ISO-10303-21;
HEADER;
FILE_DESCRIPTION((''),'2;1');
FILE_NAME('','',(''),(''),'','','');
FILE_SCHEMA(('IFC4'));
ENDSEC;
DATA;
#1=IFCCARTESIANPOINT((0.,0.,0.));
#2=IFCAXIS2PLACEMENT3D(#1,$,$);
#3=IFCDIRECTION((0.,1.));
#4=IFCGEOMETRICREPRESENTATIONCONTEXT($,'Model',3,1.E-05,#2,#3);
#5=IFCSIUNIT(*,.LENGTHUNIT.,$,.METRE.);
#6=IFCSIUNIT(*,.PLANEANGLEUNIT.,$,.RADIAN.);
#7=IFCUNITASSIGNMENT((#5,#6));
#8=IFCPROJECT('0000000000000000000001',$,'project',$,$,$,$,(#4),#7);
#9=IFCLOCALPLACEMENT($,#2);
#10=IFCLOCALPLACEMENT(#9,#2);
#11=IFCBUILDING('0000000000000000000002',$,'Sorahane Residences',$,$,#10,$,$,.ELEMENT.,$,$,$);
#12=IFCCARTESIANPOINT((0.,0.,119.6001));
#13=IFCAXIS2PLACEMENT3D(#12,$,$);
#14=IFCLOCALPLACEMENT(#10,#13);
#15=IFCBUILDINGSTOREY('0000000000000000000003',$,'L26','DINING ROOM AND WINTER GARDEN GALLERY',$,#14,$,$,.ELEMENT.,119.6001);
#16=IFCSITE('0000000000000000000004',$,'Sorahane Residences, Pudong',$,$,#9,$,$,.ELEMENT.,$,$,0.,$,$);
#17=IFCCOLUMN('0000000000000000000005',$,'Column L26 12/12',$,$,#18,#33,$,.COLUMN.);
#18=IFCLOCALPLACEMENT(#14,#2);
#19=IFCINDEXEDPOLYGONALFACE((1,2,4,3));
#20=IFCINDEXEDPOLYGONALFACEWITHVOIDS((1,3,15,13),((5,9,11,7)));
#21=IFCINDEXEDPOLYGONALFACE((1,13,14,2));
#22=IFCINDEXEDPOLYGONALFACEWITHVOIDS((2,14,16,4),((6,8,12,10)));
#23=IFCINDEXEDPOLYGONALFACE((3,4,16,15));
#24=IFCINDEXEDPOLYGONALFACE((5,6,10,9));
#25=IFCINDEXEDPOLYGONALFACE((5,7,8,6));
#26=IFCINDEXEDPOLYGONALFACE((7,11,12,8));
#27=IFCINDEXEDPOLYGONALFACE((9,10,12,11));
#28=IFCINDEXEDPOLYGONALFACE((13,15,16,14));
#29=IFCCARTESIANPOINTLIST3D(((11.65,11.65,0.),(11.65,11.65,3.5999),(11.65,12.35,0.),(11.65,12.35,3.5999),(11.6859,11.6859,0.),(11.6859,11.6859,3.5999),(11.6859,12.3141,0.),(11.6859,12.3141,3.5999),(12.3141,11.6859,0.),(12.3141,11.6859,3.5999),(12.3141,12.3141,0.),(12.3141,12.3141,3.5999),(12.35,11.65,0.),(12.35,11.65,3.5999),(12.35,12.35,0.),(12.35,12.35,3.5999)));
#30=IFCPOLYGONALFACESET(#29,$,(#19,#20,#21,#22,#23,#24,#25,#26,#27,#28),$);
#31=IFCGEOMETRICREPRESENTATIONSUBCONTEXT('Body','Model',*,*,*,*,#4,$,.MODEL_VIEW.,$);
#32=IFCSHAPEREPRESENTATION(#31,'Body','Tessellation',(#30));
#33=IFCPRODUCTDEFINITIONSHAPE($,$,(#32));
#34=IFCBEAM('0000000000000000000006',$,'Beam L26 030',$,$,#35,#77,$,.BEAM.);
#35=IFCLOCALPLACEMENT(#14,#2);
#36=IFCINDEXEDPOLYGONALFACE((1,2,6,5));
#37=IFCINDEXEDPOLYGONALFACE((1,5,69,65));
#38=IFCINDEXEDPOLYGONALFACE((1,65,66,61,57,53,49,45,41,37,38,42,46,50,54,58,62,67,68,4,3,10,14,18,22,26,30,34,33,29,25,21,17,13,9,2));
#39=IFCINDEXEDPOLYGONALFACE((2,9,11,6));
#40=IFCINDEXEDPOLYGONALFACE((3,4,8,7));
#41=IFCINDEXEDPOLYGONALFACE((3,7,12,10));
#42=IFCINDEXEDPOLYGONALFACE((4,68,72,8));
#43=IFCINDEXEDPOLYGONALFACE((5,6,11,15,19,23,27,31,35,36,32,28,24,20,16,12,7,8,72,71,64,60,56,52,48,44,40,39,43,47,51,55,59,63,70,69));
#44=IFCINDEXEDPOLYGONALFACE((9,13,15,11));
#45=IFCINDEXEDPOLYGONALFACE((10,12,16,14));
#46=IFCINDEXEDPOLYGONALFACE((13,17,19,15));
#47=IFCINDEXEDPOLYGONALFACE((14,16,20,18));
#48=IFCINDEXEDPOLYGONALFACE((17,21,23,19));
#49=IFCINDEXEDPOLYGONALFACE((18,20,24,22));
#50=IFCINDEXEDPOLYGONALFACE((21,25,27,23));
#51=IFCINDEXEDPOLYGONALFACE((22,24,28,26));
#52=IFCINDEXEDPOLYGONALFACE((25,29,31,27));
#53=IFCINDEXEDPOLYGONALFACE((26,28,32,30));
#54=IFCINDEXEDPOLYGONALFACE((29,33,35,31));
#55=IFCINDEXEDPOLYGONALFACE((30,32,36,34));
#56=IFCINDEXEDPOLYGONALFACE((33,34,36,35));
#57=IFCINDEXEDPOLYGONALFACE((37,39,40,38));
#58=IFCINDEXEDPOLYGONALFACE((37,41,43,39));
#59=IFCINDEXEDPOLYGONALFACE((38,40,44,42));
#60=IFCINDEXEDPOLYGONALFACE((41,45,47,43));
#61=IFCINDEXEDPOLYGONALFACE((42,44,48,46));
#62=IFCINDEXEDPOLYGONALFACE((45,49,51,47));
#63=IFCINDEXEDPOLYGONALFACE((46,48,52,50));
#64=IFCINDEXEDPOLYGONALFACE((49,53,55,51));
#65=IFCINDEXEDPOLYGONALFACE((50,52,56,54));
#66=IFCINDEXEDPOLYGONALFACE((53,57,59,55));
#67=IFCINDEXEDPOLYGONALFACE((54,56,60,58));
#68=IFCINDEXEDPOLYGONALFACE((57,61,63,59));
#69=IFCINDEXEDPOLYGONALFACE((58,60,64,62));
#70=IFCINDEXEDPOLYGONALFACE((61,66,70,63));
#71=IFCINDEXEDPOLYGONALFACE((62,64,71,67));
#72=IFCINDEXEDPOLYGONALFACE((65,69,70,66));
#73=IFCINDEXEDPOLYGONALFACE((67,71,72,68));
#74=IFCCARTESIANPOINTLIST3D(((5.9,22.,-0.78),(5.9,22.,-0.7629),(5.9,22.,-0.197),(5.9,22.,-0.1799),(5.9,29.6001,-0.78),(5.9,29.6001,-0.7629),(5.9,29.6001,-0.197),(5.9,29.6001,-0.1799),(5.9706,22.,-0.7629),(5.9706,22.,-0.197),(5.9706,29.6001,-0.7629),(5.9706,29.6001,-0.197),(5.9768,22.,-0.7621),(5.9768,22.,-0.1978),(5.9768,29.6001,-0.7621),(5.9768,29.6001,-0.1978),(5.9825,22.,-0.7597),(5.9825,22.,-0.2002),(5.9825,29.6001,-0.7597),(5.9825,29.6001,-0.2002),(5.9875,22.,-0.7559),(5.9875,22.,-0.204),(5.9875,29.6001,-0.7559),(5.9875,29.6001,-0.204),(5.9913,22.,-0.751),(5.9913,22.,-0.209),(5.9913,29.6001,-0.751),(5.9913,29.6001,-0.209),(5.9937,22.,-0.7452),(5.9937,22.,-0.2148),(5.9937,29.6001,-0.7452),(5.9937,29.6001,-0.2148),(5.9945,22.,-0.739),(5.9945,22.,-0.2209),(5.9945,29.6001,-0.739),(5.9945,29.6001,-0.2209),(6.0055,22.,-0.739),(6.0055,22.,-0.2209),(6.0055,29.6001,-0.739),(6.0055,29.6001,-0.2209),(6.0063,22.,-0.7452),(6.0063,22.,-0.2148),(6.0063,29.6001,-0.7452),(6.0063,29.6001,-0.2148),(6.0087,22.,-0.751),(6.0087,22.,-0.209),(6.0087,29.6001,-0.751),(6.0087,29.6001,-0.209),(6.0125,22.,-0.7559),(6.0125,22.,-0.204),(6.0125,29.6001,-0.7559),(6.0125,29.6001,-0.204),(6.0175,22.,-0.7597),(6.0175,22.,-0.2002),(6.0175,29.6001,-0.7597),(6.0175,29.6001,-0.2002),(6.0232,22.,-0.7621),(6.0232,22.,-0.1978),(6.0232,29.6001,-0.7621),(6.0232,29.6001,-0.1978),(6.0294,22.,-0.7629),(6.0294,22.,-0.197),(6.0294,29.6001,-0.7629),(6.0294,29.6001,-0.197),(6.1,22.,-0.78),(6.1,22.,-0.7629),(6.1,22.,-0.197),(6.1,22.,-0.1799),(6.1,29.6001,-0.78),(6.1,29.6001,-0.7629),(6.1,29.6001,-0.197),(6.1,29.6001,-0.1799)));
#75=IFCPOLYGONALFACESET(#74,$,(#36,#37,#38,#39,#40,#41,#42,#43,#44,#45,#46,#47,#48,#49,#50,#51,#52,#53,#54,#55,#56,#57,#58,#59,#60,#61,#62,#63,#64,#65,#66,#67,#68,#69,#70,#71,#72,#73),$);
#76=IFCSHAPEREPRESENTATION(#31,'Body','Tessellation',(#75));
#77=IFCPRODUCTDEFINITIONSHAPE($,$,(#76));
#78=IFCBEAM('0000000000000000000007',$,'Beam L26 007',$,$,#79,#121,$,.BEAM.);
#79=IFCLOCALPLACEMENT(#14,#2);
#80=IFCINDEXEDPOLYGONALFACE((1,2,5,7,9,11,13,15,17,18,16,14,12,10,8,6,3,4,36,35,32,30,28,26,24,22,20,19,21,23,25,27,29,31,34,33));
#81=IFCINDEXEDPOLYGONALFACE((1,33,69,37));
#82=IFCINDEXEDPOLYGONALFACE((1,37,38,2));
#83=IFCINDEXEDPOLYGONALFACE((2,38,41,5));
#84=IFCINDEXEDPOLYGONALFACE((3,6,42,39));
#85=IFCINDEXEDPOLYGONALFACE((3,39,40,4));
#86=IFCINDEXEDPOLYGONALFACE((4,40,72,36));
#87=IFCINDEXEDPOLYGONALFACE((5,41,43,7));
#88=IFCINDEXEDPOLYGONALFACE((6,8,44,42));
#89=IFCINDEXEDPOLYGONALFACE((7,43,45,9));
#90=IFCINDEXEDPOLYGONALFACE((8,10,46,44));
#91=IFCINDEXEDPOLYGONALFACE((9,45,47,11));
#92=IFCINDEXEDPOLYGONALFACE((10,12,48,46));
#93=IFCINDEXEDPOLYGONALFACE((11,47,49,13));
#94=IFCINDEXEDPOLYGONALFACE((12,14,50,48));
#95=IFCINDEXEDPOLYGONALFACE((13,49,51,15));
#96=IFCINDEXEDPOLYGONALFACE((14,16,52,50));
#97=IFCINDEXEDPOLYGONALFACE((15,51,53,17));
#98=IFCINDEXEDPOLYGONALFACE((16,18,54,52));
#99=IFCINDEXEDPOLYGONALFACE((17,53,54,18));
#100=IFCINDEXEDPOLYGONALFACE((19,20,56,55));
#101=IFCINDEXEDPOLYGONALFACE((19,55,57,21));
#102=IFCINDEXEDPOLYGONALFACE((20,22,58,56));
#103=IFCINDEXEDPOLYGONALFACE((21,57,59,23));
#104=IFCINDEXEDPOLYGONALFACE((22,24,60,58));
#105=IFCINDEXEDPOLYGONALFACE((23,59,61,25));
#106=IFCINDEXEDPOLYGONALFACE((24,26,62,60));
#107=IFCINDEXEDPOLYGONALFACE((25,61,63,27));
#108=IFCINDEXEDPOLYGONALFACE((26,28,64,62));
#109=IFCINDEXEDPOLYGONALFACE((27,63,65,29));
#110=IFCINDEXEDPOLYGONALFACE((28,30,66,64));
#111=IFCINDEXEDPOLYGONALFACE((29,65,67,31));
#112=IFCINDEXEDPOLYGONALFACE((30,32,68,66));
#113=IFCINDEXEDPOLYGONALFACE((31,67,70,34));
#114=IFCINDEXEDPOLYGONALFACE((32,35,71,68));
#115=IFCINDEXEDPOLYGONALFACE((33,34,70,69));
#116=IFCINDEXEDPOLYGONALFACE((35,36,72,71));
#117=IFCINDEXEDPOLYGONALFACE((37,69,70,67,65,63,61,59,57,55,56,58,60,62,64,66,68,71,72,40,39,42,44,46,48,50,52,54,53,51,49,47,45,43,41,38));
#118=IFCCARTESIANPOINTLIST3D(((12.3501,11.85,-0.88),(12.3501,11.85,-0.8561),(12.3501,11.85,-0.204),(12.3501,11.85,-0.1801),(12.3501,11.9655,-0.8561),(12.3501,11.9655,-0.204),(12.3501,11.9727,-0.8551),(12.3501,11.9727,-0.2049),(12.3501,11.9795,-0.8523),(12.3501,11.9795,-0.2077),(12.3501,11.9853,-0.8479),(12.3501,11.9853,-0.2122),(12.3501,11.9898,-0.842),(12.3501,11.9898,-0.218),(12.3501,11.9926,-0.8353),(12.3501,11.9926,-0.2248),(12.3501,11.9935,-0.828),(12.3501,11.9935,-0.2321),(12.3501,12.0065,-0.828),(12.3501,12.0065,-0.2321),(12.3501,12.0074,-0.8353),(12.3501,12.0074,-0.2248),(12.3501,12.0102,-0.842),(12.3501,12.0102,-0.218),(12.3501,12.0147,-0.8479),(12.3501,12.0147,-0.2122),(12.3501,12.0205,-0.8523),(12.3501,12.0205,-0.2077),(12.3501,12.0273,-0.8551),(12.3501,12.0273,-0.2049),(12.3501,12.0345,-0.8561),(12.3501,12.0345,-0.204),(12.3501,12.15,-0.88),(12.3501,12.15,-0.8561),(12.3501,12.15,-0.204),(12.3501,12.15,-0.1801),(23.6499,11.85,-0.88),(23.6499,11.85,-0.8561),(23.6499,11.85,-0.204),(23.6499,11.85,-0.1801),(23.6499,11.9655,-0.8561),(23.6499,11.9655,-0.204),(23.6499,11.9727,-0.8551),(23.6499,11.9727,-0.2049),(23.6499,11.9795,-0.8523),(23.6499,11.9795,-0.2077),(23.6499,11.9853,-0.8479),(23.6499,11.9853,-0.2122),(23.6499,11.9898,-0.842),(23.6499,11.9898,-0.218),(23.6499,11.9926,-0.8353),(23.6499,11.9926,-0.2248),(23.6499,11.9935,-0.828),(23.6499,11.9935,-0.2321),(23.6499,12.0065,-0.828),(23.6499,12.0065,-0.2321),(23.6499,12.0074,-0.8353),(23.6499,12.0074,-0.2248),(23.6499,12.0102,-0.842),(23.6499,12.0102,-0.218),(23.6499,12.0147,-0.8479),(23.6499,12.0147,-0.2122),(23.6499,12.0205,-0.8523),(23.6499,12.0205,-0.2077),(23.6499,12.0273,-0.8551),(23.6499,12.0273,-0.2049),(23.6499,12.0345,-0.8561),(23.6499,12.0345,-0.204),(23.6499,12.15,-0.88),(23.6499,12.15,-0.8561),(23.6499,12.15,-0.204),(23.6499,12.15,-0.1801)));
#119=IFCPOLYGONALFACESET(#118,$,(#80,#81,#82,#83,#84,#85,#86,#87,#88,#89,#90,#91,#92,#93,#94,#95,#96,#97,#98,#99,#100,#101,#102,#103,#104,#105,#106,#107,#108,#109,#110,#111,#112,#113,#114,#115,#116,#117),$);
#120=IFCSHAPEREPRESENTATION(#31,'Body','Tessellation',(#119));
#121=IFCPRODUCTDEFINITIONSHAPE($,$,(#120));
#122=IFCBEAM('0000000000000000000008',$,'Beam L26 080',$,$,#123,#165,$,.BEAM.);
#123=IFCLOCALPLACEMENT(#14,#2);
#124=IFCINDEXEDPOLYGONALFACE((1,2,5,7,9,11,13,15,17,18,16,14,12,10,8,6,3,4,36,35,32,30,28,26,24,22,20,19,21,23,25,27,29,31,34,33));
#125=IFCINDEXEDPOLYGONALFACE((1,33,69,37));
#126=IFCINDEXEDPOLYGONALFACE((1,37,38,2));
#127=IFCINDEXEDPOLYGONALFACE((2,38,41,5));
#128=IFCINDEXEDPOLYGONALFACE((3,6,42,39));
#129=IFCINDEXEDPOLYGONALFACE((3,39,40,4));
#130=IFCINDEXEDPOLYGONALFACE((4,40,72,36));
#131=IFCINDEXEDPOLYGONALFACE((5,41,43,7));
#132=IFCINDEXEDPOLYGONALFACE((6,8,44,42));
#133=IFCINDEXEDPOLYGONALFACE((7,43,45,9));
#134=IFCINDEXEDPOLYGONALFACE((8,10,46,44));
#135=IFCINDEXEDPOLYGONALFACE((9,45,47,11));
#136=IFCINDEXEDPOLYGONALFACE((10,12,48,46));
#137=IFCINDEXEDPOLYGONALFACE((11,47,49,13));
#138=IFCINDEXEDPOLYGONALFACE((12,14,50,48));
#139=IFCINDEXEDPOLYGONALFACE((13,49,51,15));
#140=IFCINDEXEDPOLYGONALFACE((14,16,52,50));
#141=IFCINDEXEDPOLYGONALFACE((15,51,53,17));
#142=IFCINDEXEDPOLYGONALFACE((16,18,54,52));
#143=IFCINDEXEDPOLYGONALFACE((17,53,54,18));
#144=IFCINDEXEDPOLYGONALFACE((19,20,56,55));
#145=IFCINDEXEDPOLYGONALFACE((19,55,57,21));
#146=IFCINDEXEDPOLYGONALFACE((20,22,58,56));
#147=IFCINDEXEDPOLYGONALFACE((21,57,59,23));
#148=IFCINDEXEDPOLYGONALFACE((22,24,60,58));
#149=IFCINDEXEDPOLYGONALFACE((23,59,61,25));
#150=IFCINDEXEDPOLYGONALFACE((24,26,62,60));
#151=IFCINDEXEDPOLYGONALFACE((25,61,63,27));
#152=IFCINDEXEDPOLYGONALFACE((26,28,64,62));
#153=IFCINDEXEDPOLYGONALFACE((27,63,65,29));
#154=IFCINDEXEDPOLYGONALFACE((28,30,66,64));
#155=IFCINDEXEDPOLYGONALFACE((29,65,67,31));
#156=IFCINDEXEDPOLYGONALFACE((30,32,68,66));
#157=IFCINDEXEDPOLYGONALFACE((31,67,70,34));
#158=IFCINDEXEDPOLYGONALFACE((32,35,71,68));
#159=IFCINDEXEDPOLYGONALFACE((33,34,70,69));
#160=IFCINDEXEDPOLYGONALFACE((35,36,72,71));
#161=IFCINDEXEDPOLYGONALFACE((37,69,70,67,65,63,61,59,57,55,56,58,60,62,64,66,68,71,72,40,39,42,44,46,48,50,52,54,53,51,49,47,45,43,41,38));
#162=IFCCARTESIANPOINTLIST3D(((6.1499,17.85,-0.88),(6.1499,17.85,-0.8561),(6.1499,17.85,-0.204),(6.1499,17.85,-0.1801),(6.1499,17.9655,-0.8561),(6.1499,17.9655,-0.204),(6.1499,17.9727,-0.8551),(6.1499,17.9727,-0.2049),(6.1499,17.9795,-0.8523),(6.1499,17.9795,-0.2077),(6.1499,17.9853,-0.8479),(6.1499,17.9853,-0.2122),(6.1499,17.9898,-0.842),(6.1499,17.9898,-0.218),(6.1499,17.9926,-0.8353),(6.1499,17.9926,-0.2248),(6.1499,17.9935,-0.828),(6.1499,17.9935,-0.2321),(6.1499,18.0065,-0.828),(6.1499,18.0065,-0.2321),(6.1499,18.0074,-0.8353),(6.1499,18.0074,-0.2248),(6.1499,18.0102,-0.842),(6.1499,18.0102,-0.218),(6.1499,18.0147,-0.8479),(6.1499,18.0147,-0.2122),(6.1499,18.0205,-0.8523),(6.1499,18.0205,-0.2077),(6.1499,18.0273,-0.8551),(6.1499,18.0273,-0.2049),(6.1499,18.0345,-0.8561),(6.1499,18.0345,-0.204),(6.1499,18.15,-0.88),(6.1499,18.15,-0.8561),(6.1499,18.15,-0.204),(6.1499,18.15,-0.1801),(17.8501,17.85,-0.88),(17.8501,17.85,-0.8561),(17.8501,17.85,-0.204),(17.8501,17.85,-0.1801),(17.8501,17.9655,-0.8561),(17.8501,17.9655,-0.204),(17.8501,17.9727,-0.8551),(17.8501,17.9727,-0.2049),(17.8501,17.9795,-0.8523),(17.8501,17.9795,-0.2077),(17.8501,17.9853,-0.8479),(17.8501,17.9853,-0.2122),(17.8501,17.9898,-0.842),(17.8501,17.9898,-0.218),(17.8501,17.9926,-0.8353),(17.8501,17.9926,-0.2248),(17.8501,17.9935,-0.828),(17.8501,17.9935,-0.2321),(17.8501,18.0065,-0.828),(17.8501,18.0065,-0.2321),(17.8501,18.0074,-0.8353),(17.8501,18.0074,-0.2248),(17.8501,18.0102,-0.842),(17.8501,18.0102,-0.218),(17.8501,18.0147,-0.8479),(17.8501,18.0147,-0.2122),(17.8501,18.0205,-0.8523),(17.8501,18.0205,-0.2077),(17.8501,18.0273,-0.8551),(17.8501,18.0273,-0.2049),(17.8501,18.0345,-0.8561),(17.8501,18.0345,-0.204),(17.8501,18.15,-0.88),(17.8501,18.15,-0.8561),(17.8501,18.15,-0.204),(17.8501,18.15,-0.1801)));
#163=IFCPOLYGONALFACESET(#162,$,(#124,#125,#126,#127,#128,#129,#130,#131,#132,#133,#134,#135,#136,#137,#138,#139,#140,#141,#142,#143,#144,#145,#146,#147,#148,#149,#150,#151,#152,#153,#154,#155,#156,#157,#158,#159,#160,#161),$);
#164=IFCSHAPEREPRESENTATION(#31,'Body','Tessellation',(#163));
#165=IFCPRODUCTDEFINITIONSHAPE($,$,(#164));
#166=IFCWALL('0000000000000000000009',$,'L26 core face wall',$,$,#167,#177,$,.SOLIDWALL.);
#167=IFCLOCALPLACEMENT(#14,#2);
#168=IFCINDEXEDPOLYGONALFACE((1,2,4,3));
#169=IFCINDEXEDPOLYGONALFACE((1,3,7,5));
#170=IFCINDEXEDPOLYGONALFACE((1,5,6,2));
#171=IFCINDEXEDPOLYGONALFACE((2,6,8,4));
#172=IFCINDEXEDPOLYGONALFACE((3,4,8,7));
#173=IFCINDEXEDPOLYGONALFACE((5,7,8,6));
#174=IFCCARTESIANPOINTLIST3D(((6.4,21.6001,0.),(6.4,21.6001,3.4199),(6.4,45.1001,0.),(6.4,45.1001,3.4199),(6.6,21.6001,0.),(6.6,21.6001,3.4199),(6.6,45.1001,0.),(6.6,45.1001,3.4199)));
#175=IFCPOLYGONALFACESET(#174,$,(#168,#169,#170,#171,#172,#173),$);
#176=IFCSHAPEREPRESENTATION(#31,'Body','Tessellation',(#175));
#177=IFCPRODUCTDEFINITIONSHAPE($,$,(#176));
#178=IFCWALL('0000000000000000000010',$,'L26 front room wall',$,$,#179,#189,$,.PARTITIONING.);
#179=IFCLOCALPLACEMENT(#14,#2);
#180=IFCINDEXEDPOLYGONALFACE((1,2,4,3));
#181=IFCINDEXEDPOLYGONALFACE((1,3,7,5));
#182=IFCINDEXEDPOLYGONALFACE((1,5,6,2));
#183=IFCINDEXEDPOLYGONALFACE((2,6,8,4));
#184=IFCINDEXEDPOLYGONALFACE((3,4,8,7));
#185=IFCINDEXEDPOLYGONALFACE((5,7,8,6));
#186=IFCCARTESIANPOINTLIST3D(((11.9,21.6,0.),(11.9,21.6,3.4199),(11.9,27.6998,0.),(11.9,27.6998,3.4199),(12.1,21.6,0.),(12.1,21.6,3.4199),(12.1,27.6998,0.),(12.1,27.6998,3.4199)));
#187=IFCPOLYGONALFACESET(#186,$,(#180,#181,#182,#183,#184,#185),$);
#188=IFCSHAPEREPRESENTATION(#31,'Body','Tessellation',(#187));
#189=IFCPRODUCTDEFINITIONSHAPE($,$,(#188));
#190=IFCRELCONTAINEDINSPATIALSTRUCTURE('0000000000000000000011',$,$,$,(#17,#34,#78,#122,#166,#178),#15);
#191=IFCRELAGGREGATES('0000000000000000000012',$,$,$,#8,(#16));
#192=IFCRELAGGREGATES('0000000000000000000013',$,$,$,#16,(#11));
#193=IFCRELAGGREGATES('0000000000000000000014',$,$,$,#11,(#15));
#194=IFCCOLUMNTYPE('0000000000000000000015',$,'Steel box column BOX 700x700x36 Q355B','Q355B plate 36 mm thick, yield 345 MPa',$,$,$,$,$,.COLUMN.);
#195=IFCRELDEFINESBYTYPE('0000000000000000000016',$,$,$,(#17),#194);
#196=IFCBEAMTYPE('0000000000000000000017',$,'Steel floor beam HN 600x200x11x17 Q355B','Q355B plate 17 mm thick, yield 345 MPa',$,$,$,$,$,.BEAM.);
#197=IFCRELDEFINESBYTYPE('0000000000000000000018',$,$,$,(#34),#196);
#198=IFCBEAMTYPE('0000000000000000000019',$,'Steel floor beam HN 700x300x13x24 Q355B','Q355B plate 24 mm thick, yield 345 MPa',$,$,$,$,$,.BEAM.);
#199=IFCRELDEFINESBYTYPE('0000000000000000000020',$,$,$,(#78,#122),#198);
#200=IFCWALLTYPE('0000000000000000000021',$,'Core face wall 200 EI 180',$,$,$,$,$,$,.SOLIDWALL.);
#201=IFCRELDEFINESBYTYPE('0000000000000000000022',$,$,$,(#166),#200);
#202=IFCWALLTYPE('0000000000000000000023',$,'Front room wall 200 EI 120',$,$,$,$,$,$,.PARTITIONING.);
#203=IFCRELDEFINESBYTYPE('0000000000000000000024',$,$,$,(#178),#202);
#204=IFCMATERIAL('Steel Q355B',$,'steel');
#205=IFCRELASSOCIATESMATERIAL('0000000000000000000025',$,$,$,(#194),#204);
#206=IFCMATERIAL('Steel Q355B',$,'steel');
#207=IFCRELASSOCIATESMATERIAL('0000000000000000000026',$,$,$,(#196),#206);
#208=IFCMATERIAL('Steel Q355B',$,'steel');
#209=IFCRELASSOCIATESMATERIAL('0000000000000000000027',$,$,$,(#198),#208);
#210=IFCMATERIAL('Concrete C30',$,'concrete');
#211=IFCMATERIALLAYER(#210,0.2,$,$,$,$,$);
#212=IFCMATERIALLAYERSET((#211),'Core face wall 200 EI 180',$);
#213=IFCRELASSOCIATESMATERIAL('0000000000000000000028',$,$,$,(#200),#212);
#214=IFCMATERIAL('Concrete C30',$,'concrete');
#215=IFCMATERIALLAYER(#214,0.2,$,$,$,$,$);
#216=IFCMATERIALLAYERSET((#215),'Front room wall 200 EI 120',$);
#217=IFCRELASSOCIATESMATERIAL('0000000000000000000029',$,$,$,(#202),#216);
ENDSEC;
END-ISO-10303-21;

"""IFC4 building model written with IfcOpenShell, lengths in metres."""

from ifc_helpers import new_model, si_unit, direction, frame, frame_2d, origin, origin_2d, place, context, subcontext, project, spatial, rectangle, hollow_rectangle, i_section, extrude, material, layer, layer_set, material_profile, profile_set, type_object, element, save


model = new_model("IFC4")

# Units and contexts
model_context = context("Model", 3, precision=1e-05, world=origin(), true_north=direction((0.0, 1.0)))
body_context = subcontext(model_context, "Body", "Model", "MODEL_VIEW")
ifc_project = project(units=[si_unit("LENGTHUNIT", "METRE"), si_unit("PLANEANGLEUNIT", "RADIAN")], contexts=[model_context])

# Site, building, storey
site_placement = place(None, origin())
site = spatial("IfcSite", under=ifc_project, at=site_placement, Name="Sorahane Residences, Pudong", CompositionType="ELEMENT", RefElevation=0.0)
building_placement = place(site_placement, origin())
building = spatial("IfcBuilding", under=site, at=building_placement, Name="Sorahane Residences", CompositionType="ELEMENT")
storey_placement = place(building_placement, frame((0.0, 0.0, 119.6001)))
storey = spatial("IfcBuildingStorey", under=building, at=storey_placement, Name="L26", Description="DINING ROOM AND WINTER GARDEN GALLERY", CompositionType="ELEMENT", Elevation=119.6001)

# Column
ifc_material_1 = material(Name="Steel Q355B", Category="steel")
ifc_material_profile_1 = material_profile(ifc_material_1, hollow_rectangle(XDim=0.7, YDim=0.7, WallThickness=0.0359, at=origin_2d()), Name="BOX 700x700x36")
ifc_profile_set_1 = profile_set([ifc_material_profile_1], Name="Steel Q355B")
column_type = type_object("IfcColumnType", Name="Steel box column BOX 700x700x36 Q355B", Description="Q355B plate 36 mm thick, yield 345 MPa", PredefinedType="COLUMN", material=ifc_profile_set_1)
column_placement = place(storey_placement, frame((12.0, 12.0, 0.0), z_axis=(0.0, 0.0, 1.0), x_axis=(1.0, 0.0, 0.0)))
element("IfcColumn", 1, at=column_placement, inside=storey, type_object=column_type, Name="Column L26 12/12", PredefinedType="COLUMN", context=body_context, shape_type="SweptSolid", body=[
    extrude(hollow_rectangle(XDim=0.7, YDim=0.7, WallThickness=0.0359, at=origin_2d()), origin(), (0.0, 0.0, 1.0), 3.5999),
])

# Beams
ifc_material_2 = material(Name="Steel Q355B", Category="steel")
ifc_material_profile_2 = material_profile(ifc_material_2, i_section(OverallWidth=0.2, OverallDepth=0.6001, WebThickness=0.011, FlangeThickness=0.0171, FilletRadius=0.0239, at=origin_2d()), Name="HN 600x200x11x17")
ifc_profile_set_2 = profile_set([ifc_material_profile_2], Name="Steel Q355B")
beam_type_1 = type_object("IfcBeamType", Name="Steel floor beam HN 600x200x11x17 Q355B", Description="Q355B plate 17 mm thick, yield 345 MPa", PredefinedType="BEAM", material=ifc_profile_set_2)
beam_1_placement = place(storey_placement, frame((6.0, 22.0, -0.48), z_axis=(0.0, 1.0, 0.0), x_axis=(-1.0, 0.0, 0.0)))
element("IfcBeam", 2, at=beam_1_placement, inside=storey, type_object=beam_type_1, Name="Beam L26 030", PredefinedType="BEAM", context=body_context, shape_type="SweptSolid", body=[
    extrude(i_section(OverallWidth=0.2, OverallDepth=0.6001, WebThickness=0.011, FlangeThickness=0.0171, FilletRadius=0.0239, at=origin_2d()), origin(), (0.0, 0.0, 1.0), 7.6001),
])
ifc_material_3 = material(Name="Steel Q355B", Category="steel")
ifc_material_profile_3 = material_profile(ifc_material_3, i_section(OverallWidth=0.3, OverallDepth=0.7, WebThickness=0.0129, FlangeThickness=0.0239, FilletRadius=0.0281, at=origin_2d()), Name="HN 700x300x13x24")
ifc_profile_set_3 = profile_set([ifc_material_profile_3], Name="Steel Q355B")
beam_type_2 = type_object("IfcBeamType", Name="Steel floor beam HN 700x300x13x24 Q355B", Description="Q355B plate 24 mm thick, yield 345 MPa", PredefinedType="BEAM", material=ifc_profile_set_3)
beam_2_placement = place(storey_placement, frame((12.3501, 12.0, -0.53), z_axis=(1.0, 0.0, 0.0), x_axis=(0.0, 1.0, 0.0)))
element("IfcBeam", 3, at=beam_2_placement, inside=storey, type_object=beam_type_2, Name="Beam L26 007", PredefinedType="BEAM", context=body_context, shape_type="SweptSolid", body=[
    extrude(i_section(OverallWidth=0.3, OverallDepth=0.7, WebThickness=0.0129, FlangeThickness=0.0239, FilletRadius=0.0281, at=origin_2d()), origin(), (0.0, 0.0, 1.0), 11.2998),
])
beam_3_placement = place(storey_placement, frame((6.1499, 18.0, -0.53), z_axis=(1.0, 0.0, 0.0), x_axis=(0.0, 1.0, 0.0)))
element("IfcBeam", 4, at=beam_3_placement, inside=storey, type_object=beam_type_2, Name="Beam L26 080", PredefinedType="BEAM", context=body_context, shape_type="SweptSolid", body=[
    extrude(i_section(OverallWidth=0.3, OverallDepth=0.7, WebThickness=0.0129, FlangeThickness=0.0239, FilletRadius=0.0281, at=origin_2d()), origin(), (0.0, 0.0, 1.0), 11.7002),
])

# Walls
ifc_material_4 = material(Name="Concrete C30", Category="concrete")
ifc_layer_1 = layer(ifc_material_4, 0.2)
ifc_layer_set_1 = layer_set([ifc_layer_1], Name="Core face wall 200 EI 180")
wall_type_1 = type_object("IfcWallType", Name="Core face wall 200 EI 180", PredefinedType="SOLIDWALL", material=ifc_layer_set_1)
wall_1_placement = place(storey_placement, frame((6.5, 21.6001, 0.0), z_axis=(0.0, 0.0, 1.0), x_axis=(0.0, 1.0, 0.0)))
element("IfcWall", 5, at=wall_1_placement, inside=storey, type_object=wall_type_1, Name="L26 core face wall", PredefinedType="SOLIDWALL", context=body_context, shape_type="SweptSolid", body=[
    extrude(rectangle(XDim=23.5, YDim=0.2, at=frame_2d((11.75, 0.0))), origin(), (0.0, 0.0, 1.0), 3.4199),
])
ifc_material_5 = material(Name="Concrete C30", Category="concrete")
ifc_layer_2 = layer(ifc_material_5, 0.2)
ifc_layer_set_2 = layer_set([ifc_layer_2], Name="Front room wall 200 EI 120")
wall_type_2 = type_object("IfcWallType", Name="Front room wall 200 EI 120", PredefinedType="PARTITIONING", material=ifc_layer_set_2)
wall_2_placement = place(storey_placement, frame((12.0, 21.6001, 0.0), z_axis=(0.0, 0.0, 1.0), x_axis=(0.0, 1.0, 0.0)))
element("IfcWall", 6, at=wall_2_placement, inside=storey, type_object=wall_type_2, Name="L26 front room wall", PredefinedType="PARTITIONING", context=body_context, shape_type="SweptSolid", body=[
    extrude(rectangle(XDim=6.0999, YDim=0.2, at=frame_2d((3.0498, 0.0))), origin(), (0.0, 0.0, 1.0), 3.4199),
])

save(model, "model.ifc")
